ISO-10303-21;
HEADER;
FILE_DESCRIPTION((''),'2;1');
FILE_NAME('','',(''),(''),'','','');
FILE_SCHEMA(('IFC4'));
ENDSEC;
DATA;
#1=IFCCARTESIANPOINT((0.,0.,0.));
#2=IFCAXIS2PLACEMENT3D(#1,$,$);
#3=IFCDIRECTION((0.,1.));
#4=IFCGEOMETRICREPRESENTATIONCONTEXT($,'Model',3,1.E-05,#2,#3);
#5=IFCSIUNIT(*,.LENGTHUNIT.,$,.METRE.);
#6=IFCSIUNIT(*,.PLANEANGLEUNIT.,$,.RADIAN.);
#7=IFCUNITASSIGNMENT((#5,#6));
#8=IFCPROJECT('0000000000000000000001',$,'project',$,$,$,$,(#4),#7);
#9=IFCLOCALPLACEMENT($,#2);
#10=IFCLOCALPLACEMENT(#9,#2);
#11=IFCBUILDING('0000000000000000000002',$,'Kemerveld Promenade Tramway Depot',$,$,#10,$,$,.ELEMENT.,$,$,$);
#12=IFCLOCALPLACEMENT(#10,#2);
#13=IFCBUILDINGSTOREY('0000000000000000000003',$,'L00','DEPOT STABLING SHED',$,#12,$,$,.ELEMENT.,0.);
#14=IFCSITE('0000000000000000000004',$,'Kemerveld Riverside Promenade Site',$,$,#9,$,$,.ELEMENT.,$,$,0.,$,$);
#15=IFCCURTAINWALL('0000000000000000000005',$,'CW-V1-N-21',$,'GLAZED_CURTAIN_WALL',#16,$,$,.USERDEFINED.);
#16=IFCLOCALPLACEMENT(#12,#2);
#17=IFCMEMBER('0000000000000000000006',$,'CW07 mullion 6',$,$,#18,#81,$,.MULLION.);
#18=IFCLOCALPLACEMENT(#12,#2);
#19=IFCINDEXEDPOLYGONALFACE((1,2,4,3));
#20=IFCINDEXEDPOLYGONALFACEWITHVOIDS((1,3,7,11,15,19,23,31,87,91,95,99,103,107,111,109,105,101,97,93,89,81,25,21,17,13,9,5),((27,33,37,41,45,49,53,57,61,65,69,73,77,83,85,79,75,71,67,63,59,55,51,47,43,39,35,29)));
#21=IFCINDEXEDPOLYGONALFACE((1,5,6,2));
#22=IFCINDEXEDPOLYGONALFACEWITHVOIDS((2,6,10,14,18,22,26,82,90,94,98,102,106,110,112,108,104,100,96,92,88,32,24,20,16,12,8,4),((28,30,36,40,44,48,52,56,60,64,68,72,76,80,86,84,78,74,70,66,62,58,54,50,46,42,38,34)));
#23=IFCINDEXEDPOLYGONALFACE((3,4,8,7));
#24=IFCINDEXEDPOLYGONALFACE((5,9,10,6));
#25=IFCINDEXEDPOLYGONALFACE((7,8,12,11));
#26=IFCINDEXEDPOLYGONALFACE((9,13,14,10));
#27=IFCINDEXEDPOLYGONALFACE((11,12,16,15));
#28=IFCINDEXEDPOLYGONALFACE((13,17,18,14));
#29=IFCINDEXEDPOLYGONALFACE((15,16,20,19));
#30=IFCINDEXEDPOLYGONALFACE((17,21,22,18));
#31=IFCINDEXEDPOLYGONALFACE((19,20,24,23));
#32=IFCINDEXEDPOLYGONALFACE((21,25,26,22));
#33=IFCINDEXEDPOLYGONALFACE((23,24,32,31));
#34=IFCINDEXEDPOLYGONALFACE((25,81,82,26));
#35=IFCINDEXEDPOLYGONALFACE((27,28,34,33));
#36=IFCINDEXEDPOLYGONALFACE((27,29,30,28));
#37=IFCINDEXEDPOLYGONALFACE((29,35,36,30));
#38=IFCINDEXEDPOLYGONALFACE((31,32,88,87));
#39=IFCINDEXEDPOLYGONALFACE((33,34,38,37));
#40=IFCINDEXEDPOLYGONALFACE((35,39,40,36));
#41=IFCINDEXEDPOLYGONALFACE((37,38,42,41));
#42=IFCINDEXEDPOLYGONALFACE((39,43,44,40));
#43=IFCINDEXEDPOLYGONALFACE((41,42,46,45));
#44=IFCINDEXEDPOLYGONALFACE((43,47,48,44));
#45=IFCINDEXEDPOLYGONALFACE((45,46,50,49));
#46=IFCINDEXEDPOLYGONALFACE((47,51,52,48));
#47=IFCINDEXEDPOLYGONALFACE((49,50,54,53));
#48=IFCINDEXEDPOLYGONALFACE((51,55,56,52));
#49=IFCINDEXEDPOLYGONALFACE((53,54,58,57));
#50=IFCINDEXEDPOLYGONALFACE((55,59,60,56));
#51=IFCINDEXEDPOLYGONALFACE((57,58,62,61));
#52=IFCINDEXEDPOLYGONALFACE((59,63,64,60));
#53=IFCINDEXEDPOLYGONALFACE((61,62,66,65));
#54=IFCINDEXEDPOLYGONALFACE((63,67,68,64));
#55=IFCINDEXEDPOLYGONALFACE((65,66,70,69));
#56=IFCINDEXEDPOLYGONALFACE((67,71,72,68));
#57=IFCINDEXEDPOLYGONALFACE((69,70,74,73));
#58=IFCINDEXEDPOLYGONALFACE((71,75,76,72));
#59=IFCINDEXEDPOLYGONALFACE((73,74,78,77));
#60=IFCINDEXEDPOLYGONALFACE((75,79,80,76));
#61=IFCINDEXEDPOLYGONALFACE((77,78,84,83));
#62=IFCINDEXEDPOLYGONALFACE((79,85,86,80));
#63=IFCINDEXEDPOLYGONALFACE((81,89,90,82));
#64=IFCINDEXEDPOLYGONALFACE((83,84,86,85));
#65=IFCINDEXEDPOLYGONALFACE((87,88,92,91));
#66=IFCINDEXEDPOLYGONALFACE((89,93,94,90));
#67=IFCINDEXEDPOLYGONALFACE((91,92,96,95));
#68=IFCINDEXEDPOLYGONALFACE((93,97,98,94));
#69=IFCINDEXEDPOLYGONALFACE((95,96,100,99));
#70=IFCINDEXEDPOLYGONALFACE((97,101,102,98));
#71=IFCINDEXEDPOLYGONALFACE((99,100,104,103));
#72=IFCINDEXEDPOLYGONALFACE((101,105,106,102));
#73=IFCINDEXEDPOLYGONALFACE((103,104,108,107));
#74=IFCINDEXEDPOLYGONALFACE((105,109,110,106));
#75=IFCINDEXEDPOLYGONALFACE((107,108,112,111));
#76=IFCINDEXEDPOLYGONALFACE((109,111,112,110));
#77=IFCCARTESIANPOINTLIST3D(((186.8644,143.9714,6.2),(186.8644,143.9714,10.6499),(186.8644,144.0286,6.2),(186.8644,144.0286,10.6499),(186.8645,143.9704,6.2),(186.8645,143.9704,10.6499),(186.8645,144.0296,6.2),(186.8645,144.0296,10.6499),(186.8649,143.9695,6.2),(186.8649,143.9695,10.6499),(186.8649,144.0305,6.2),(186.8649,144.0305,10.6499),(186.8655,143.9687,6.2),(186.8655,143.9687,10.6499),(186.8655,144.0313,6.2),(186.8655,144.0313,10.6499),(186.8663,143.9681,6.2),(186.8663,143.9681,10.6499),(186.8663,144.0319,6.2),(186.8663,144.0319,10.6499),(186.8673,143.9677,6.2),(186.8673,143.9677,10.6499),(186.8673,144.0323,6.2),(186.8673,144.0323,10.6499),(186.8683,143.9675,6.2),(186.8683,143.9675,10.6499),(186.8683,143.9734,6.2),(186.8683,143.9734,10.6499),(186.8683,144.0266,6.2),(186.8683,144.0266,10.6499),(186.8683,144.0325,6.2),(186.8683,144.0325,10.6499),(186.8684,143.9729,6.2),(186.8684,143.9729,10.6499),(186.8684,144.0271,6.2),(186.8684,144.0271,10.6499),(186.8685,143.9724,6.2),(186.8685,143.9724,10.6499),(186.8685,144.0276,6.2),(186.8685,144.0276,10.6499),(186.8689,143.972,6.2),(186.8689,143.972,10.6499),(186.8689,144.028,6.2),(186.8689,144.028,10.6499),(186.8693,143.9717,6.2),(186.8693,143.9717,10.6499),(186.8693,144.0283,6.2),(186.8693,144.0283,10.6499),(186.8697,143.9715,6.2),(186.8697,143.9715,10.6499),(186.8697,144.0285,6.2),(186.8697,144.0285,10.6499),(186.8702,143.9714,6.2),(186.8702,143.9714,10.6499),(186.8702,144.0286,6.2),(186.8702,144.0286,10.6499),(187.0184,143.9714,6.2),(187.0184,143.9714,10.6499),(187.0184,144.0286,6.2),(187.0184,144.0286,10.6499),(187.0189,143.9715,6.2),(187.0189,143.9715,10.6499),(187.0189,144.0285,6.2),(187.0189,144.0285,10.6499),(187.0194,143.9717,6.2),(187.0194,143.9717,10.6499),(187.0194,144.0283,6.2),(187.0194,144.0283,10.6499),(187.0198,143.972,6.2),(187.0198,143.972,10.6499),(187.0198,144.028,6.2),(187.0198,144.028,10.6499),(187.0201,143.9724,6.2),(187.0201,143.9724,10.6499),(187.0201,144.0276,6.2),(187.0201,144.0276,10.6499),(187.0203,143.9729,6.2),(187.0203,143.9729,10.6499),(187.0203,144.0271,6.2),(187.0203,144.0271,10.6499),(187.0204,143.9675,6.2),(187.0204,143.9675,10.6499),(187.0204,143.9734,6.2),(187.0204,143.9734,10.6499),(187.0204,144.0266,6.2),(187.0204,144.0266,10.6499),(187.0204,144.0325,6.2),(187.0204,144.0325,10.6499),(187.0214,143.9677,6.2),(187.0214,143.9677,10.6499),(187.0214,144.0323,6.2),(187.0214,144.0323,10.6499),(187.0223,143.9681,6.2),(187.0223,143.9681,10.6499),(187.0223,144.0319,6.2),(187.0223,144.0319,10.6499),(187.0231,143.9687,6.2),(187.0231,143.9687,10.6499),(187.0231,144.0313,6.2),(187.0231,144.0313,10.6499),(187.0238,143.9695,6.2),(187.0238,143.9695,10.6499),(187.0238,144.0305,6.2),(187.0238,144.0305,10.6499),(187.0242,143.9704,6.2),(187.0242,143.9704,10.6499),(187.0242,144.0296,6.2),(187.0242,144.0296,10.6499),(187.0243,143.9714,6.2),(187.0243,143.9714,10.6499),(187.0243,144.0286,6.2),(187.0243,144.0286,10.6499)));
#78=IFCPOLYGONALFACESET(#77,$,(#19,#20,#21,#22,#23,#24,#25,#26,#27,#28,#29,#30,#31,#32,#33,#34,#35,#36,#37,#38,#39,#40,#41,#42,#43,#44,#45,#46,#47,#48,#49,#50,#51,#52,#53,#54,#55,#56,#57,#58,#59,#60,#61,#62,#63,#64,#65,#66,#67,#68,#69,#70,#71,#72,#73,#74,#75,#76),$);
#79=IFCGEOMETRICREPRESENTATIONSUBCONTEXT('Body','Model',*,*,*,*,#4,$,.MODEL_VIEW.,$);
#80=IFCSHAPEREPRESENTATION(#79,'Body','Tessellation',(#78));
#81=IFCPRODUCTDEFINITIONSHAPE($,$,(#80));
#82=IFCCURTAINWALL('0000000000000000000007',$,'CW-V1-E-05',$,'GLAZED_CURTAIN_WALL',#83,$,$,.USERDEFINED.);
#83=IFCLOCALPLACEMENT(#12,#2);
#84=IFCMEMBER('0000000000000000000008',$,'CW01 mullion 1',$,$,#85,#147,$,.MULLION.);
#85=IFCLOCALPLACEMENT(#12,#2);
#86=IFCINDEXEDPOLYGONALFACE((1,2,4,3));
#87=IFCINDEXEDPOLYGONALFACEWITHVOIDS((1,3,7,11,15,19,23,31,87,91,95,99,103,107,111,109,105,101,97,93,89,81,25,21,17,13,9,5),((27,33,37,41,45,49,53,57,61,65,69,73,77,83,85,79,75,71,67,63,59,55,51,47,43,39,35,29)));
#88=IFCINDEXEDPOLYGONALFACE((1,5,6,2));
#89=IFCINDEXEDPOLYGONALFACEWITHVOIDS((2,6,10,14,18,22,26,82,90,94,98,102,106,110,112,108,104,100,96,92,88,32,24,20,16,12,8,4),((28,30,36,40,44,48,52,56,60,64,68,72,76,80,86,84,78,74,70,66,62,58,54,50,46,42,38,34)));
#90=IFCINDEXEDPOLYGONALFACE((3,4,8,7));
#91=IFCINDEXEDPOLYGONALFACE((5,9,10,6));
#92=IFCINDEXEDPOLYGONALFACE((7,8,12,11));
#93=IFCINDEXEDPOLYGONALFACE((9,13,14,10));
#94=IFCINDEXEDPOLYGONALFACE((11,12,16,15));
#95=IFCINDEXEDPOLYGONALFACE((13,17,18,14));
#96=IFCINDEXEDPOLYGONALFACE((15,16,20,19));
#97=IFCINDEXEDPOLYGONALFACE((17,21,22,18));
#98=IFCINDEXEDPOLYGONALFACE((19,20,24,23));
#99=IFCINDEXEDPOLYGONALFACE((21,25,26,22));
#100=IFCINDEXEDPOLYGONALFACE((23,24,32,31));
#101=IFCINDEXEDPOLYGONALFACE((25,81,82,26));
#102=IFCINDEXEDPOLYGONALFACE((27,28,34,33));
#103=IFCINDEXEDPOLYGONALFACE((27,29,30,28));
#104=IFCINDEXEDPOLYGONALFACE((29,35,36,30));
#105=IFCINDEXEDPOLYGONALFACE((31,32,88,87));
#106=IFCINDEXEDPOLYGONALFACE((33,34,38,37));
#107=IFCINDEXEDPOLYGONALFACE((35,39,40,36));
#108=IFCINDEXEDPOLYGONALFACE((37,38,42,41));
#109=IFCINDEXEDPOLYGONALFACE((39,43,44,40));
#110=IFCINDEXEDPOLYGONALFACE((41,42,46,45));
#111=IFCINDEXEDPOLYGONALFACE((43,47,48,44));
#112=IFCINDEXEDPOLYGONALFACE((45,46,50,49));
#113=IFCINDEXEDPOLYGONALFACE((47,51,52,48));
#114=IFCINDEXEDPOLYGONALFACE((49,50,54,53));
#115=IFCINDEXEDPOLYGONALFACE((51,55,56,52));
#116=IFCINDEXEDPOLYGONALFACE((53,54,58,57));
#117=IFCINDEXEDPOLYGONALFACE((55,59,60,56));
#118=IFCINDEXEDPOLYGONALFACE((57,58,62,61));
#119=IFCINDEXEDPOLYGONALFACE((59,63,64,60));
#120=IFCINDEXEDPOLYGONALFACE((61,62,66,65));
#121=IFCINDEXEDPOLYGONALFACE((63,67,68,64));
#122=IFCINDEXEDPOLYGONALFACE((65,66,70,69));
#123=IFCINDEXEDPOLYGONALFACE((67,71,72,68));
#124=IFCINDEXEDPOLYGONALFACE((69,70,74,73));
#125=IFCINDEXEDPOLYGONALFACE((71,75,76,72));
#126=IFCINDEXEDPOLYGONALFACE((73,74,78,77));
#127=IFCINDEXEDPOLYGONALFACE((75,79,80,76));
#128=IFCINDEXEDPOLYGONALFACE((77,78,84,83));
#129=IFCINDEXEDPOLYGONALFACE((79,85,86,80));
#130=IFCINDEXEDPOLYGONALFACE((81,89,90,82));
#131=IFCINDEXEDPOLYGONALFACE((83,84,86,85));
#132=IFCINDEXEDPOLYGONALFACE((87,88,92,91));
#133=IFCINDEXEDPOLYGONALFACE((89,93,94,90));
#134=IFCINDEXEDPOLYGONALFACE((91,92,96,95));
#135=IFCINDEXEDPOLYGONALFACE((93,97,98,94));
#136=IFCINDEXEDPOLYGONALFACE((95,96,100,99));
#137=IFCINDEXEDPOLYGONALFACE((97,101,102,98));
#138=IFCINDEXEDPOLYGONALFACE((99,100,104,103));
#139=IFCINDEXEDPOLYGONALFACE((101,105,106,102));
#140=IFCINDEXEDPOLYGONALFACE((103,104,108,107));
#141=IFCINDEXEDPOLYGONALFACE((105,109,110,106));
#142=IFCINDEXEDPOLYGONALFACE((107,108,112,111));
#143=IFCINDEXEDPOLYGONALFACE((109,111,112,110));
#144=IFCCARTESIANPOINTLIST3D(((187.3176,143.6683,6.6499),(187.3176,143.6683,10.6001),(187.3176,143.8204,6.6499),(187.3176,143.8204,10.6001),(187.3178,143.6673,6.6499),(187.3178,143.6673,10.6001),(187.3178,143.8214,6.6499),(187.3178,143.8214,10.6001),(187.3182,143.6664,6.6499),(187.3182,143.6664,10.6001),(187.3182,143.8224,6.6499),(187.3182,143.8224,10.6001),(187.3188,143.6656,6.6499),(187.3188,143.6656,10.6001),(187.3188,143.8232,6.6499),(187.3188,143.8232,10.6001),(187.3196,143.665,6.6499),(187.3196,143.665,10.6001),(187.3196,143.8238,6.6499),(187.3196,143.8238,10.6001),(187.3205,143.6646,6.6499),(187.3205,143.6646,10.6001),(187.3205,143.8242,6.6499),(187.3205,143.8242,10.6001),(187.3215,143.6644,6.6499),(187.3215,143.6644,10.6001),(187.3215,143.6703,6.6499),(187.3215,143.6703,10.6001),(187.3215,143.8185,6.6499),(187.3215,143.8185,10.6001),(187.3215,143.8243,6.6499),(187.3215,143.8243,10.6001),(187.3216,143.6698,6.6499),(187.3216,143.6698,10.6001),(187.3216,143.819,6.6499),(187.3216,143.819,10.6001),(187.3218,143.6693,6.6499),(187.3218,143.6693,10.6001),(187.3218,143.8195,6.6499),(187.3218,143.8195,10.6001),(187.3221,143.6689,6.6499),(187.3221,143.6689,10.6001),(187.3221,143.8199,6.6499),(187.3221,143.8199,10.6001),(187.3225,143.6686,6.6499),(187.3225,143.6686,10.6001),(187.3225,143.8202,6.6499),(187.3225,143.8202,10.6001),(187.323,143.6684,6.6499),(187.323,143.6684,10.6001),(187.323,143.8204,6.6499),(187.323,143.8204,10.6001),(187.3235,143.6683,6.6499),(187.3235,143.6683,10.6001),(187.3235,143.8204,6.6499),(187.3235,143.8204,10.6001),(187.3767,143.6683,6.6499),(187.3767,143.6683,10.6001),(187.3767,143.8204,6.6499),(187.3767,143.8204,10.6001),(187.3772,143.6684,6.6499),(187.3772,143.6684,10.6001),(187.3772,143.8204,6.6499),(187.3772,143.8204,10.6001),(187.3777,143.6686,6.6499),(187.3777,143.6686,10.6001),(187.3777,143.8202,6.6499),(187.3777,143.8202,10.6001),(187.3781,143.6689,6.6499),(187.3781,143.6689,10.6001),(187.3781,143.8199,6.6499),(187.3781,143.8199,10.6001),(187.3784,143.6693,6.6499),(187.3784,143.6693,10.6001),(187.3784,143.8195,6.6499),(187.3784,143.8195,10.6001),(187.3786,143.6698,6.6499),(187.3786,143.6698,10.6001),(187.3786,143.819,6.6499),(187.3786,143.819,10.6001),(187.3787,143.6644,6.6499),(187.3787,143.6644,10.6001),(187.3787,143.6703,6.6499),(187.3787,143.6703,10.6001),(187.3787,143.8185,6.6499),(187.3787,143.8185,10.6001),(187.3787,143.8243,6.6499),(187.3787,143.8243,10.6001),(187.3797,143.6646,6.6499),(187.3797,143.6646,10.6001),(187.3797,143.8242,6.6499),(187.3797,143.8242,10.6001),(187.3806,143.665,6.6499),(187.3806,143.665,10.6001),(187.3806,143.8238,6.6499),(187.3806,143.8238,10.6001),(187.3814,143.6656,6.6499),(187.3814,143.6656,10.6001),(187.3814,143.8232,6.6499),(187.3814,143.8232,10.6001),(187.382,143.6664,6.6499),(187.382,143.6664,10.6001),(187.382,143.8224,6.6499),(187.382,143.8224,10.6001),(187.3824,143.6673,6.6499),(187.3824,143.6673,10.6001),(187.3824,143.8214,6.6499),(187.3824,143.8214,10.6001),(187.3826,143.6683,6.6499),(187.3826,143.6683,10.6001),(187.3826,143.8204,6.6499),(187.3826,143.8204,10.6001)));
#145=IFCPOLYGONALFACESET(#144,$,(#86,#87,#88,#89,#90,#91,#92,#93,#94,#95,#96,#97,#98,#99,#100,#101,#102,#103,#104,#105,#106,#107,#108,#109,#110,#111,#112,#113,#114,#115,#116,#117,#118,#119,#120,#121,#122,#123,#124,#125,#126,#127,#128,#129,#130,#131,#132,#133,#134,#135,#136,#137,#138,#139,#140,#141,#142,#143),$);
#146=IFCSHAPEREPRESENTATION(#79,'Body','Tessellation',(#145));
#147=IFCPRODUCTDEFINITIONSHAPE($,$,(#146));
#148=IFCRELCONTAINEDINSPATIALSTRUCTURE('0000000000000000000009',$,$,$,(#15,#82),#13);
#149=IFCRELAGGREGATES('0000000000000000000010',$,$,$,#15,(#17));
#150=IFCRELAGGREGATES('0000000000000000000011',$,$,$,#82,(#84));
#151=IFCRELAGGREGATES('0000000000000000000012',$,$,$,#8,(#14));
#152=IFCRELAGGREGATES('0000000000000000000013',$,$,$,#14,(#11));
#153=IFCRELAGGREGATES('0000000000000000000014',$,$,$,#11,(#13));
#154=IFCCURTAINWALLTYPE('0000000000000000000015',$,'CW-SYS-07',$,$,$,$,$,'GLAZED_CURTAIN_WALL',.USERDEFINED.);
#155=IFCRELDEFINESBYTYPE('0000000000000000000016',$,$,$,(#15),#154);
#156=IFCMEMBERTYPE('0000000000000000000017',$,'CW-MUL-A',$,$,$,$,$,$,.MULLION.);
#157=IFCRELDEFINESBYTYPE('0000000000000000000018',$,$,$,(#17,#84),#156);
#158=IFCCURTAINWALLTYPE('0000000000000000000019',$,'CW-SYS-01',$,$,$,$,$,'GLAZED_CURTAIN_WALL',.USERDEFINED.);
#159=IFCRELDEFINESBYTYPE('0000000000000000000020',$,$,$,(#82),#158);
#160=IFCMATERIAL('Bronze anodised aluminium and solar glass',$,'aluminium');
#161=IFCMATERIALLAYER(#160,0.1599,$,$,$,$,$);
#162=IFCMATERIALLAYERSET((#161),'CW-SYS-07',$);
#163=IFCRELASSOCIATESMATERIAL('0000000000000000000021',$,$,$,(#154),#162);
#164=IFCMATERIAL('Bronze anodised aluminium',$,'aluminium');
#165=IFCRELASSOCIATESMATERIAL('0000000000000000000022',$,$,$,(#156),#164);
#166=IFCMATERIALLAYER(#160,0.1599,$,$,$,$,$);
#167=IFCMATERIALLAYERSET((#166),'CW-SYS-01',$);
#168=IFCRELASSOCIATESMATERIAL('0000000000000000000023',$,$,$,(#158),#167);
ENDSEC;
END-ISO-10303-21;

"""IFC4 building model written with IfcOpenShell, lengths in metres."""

from ifc_helpers import new_model, si_unit, direction, frame, origin, origin_2d, place, context, subcontext, project, spatial, hollow_rectangle, extrude, material, layer, layer_set, material_profile, profile_set, type_object, element, aggregate, save


model = new_model("IFC4")

# Units and contexts
model_context = context("Model", 3, precision=1e-05, world=origin(), true_north=direction((0.0, 1.0)))
body_context = subcontext(model_context, "Body", "Model", "MODEL_VIEW")
ifc_project = project(units=[si_unit("LENGTHUNIT", "METRE"), si_unit("PLANEANGLEUNIT", "RADIAN")], contexts=[model_context])

# Site, building, storey
site_placement = place(None, origin())
site = spatial("IfcSite", under=ifc_project, at=site_placement, Name="Kemerveld Riverside Promenade Site", CompositionType="ELEMENT", RefElevation=0.0)
building_placement = place(site_placement, origin())
building = spatial("IfcBuilding", under=site, at=building_placement, Name="Kemerveld Promenade Tramway Depot", CompositionType="ELEMENT")
storey_placement = place(building_placement, origin())
storey = spatial("IfcBuildingStorey", under=building, at=storey_placement, Name="L00", Description="DEPOT STABLING SHED", CompositionType="ELEMENT", Elevation=0.0)

# Curtain walls, members
ifc_material_1 = material(Name="Bronze anodised aluminium and solar glass", Category="aluminium")
ifc_layer_1 = layer(ifc_material_1, 0.1599)
ifc_layer_set_1 = layer_set([ifc_layer_1], Name="CW-SYS-07")
curtain_wall_type_1 = type_object("IfcCurtainWallType", Name="CW-SYS-07", ElementType="GLAZED_CURTAIN_WALL", PredefinedType="USERDEFINED", material=ifc_layer_set_1)
curtain_wall_1_placement = place(storey_placement, origin())
curtain_wall_1 = element("IfcCurtainWall", 1, at=curtain_wall_1_placement, inside=storey, type_object=curtain_wall_type_1, Name="CW-V1-N-21", ObjectType="GLAZED_CURTAIN_WALL", PredefinedType="USERDEFINED")
ifc_material_2 = material(Name="Bronze anodised aluminium", Category="aluminium")
ifc_material_profile_1 = material_profile(ifc_material_2, hollow_rectangle(XDim=0.0649, YDim=0.1599, WallThickness=0.0039, InnerFilletRadius=0.002, OuterFilletRadius=0.0039, at=origin_2d()), Name="CW-MUL-160x65")
ifc_profile_set_1 = profile_set([ifc_material_profile_1], Name="Bronze anodised aluminium")
member_type_1 = type_object("IfcMemberType", Name="CW-MUL-A", PredefinedType="MULLION", material=ifc_profile_set_1)
member_1_placement = place(storey_placement, frame((186.9443, 144.0, 6.2), z_axis=(0.0, 0.0, 1.0), x_axis=(0.0, 1.0, 0.0)))
member_1 = element("IfcMember", 2, at=member_1_placement, type_object=member_type_1, Name="CW07 mullion 6", PredefinedType="MULLION", context=body_context, shape_type="SweptSolid", body=[
    extrude(hollow_rectangle(XDim=0.0649, YDim=0.1599, WallThickness=0.0039, InnerFilletRadius=0.002, OuterFilletRadius=0.0039, at=origin_2d()), origin(), (0.0, 0.0, 1.0), 4.45),
])
ifc_layer_2 = layer(ifc_material_1, 0.1599)
ifc_layer_set_2 = layer_set([ifc_layer_2], Name="CW-SYS-01")
curtain_wall_type_2 = type_object("IfcCurtainWallType", Name="CW-SYS-01", ElementType="GLAZED_CURTAIN_WALL", PredefinedType="USERDEFINED", material=ifc_layer_set_2)
curtain_wall_2_placement = place(storey_placement, origin())
curtain_wall_2 = element("IfcCurtainWall", 3, at=curtain_wall_2_placement, inside=storey, type_object=curtain_wall_type_2, Name="CW-V1-E-05", ObjectType="GLAZED_CURTAIN_WALL", PredefinedType="USERDEFINED")
member_2_placement = place(storey_placement, frame((187.3501, 143.7444, 6.6499), z_axis=(0.0, 0.0, 1.0), x_axis=(1.0, 0.0, 0.0)))
member_2 = element("IfcMember", 4, at=member_2_placement, type_object=member_type_1, Name="CW01 mullion 1", PredefinedType="MULLION", context=body_context, shape_type="SweptSolid", body=[
    extrude(hollow_rectangle(XDim=0.0649, YDim=0.1599, WallThickness=0.0039, InnerFilletRadius=0.002, OuterFilletRadius=0.0039, at=origin_2d()), origin(), (0.0, 0.0, 1.0), 3.9502),
])

aggregate(curtain_wall_1, [member_1])
aggregate(curtain_wall_2, [member_2])

save(model, "model.ifc")
